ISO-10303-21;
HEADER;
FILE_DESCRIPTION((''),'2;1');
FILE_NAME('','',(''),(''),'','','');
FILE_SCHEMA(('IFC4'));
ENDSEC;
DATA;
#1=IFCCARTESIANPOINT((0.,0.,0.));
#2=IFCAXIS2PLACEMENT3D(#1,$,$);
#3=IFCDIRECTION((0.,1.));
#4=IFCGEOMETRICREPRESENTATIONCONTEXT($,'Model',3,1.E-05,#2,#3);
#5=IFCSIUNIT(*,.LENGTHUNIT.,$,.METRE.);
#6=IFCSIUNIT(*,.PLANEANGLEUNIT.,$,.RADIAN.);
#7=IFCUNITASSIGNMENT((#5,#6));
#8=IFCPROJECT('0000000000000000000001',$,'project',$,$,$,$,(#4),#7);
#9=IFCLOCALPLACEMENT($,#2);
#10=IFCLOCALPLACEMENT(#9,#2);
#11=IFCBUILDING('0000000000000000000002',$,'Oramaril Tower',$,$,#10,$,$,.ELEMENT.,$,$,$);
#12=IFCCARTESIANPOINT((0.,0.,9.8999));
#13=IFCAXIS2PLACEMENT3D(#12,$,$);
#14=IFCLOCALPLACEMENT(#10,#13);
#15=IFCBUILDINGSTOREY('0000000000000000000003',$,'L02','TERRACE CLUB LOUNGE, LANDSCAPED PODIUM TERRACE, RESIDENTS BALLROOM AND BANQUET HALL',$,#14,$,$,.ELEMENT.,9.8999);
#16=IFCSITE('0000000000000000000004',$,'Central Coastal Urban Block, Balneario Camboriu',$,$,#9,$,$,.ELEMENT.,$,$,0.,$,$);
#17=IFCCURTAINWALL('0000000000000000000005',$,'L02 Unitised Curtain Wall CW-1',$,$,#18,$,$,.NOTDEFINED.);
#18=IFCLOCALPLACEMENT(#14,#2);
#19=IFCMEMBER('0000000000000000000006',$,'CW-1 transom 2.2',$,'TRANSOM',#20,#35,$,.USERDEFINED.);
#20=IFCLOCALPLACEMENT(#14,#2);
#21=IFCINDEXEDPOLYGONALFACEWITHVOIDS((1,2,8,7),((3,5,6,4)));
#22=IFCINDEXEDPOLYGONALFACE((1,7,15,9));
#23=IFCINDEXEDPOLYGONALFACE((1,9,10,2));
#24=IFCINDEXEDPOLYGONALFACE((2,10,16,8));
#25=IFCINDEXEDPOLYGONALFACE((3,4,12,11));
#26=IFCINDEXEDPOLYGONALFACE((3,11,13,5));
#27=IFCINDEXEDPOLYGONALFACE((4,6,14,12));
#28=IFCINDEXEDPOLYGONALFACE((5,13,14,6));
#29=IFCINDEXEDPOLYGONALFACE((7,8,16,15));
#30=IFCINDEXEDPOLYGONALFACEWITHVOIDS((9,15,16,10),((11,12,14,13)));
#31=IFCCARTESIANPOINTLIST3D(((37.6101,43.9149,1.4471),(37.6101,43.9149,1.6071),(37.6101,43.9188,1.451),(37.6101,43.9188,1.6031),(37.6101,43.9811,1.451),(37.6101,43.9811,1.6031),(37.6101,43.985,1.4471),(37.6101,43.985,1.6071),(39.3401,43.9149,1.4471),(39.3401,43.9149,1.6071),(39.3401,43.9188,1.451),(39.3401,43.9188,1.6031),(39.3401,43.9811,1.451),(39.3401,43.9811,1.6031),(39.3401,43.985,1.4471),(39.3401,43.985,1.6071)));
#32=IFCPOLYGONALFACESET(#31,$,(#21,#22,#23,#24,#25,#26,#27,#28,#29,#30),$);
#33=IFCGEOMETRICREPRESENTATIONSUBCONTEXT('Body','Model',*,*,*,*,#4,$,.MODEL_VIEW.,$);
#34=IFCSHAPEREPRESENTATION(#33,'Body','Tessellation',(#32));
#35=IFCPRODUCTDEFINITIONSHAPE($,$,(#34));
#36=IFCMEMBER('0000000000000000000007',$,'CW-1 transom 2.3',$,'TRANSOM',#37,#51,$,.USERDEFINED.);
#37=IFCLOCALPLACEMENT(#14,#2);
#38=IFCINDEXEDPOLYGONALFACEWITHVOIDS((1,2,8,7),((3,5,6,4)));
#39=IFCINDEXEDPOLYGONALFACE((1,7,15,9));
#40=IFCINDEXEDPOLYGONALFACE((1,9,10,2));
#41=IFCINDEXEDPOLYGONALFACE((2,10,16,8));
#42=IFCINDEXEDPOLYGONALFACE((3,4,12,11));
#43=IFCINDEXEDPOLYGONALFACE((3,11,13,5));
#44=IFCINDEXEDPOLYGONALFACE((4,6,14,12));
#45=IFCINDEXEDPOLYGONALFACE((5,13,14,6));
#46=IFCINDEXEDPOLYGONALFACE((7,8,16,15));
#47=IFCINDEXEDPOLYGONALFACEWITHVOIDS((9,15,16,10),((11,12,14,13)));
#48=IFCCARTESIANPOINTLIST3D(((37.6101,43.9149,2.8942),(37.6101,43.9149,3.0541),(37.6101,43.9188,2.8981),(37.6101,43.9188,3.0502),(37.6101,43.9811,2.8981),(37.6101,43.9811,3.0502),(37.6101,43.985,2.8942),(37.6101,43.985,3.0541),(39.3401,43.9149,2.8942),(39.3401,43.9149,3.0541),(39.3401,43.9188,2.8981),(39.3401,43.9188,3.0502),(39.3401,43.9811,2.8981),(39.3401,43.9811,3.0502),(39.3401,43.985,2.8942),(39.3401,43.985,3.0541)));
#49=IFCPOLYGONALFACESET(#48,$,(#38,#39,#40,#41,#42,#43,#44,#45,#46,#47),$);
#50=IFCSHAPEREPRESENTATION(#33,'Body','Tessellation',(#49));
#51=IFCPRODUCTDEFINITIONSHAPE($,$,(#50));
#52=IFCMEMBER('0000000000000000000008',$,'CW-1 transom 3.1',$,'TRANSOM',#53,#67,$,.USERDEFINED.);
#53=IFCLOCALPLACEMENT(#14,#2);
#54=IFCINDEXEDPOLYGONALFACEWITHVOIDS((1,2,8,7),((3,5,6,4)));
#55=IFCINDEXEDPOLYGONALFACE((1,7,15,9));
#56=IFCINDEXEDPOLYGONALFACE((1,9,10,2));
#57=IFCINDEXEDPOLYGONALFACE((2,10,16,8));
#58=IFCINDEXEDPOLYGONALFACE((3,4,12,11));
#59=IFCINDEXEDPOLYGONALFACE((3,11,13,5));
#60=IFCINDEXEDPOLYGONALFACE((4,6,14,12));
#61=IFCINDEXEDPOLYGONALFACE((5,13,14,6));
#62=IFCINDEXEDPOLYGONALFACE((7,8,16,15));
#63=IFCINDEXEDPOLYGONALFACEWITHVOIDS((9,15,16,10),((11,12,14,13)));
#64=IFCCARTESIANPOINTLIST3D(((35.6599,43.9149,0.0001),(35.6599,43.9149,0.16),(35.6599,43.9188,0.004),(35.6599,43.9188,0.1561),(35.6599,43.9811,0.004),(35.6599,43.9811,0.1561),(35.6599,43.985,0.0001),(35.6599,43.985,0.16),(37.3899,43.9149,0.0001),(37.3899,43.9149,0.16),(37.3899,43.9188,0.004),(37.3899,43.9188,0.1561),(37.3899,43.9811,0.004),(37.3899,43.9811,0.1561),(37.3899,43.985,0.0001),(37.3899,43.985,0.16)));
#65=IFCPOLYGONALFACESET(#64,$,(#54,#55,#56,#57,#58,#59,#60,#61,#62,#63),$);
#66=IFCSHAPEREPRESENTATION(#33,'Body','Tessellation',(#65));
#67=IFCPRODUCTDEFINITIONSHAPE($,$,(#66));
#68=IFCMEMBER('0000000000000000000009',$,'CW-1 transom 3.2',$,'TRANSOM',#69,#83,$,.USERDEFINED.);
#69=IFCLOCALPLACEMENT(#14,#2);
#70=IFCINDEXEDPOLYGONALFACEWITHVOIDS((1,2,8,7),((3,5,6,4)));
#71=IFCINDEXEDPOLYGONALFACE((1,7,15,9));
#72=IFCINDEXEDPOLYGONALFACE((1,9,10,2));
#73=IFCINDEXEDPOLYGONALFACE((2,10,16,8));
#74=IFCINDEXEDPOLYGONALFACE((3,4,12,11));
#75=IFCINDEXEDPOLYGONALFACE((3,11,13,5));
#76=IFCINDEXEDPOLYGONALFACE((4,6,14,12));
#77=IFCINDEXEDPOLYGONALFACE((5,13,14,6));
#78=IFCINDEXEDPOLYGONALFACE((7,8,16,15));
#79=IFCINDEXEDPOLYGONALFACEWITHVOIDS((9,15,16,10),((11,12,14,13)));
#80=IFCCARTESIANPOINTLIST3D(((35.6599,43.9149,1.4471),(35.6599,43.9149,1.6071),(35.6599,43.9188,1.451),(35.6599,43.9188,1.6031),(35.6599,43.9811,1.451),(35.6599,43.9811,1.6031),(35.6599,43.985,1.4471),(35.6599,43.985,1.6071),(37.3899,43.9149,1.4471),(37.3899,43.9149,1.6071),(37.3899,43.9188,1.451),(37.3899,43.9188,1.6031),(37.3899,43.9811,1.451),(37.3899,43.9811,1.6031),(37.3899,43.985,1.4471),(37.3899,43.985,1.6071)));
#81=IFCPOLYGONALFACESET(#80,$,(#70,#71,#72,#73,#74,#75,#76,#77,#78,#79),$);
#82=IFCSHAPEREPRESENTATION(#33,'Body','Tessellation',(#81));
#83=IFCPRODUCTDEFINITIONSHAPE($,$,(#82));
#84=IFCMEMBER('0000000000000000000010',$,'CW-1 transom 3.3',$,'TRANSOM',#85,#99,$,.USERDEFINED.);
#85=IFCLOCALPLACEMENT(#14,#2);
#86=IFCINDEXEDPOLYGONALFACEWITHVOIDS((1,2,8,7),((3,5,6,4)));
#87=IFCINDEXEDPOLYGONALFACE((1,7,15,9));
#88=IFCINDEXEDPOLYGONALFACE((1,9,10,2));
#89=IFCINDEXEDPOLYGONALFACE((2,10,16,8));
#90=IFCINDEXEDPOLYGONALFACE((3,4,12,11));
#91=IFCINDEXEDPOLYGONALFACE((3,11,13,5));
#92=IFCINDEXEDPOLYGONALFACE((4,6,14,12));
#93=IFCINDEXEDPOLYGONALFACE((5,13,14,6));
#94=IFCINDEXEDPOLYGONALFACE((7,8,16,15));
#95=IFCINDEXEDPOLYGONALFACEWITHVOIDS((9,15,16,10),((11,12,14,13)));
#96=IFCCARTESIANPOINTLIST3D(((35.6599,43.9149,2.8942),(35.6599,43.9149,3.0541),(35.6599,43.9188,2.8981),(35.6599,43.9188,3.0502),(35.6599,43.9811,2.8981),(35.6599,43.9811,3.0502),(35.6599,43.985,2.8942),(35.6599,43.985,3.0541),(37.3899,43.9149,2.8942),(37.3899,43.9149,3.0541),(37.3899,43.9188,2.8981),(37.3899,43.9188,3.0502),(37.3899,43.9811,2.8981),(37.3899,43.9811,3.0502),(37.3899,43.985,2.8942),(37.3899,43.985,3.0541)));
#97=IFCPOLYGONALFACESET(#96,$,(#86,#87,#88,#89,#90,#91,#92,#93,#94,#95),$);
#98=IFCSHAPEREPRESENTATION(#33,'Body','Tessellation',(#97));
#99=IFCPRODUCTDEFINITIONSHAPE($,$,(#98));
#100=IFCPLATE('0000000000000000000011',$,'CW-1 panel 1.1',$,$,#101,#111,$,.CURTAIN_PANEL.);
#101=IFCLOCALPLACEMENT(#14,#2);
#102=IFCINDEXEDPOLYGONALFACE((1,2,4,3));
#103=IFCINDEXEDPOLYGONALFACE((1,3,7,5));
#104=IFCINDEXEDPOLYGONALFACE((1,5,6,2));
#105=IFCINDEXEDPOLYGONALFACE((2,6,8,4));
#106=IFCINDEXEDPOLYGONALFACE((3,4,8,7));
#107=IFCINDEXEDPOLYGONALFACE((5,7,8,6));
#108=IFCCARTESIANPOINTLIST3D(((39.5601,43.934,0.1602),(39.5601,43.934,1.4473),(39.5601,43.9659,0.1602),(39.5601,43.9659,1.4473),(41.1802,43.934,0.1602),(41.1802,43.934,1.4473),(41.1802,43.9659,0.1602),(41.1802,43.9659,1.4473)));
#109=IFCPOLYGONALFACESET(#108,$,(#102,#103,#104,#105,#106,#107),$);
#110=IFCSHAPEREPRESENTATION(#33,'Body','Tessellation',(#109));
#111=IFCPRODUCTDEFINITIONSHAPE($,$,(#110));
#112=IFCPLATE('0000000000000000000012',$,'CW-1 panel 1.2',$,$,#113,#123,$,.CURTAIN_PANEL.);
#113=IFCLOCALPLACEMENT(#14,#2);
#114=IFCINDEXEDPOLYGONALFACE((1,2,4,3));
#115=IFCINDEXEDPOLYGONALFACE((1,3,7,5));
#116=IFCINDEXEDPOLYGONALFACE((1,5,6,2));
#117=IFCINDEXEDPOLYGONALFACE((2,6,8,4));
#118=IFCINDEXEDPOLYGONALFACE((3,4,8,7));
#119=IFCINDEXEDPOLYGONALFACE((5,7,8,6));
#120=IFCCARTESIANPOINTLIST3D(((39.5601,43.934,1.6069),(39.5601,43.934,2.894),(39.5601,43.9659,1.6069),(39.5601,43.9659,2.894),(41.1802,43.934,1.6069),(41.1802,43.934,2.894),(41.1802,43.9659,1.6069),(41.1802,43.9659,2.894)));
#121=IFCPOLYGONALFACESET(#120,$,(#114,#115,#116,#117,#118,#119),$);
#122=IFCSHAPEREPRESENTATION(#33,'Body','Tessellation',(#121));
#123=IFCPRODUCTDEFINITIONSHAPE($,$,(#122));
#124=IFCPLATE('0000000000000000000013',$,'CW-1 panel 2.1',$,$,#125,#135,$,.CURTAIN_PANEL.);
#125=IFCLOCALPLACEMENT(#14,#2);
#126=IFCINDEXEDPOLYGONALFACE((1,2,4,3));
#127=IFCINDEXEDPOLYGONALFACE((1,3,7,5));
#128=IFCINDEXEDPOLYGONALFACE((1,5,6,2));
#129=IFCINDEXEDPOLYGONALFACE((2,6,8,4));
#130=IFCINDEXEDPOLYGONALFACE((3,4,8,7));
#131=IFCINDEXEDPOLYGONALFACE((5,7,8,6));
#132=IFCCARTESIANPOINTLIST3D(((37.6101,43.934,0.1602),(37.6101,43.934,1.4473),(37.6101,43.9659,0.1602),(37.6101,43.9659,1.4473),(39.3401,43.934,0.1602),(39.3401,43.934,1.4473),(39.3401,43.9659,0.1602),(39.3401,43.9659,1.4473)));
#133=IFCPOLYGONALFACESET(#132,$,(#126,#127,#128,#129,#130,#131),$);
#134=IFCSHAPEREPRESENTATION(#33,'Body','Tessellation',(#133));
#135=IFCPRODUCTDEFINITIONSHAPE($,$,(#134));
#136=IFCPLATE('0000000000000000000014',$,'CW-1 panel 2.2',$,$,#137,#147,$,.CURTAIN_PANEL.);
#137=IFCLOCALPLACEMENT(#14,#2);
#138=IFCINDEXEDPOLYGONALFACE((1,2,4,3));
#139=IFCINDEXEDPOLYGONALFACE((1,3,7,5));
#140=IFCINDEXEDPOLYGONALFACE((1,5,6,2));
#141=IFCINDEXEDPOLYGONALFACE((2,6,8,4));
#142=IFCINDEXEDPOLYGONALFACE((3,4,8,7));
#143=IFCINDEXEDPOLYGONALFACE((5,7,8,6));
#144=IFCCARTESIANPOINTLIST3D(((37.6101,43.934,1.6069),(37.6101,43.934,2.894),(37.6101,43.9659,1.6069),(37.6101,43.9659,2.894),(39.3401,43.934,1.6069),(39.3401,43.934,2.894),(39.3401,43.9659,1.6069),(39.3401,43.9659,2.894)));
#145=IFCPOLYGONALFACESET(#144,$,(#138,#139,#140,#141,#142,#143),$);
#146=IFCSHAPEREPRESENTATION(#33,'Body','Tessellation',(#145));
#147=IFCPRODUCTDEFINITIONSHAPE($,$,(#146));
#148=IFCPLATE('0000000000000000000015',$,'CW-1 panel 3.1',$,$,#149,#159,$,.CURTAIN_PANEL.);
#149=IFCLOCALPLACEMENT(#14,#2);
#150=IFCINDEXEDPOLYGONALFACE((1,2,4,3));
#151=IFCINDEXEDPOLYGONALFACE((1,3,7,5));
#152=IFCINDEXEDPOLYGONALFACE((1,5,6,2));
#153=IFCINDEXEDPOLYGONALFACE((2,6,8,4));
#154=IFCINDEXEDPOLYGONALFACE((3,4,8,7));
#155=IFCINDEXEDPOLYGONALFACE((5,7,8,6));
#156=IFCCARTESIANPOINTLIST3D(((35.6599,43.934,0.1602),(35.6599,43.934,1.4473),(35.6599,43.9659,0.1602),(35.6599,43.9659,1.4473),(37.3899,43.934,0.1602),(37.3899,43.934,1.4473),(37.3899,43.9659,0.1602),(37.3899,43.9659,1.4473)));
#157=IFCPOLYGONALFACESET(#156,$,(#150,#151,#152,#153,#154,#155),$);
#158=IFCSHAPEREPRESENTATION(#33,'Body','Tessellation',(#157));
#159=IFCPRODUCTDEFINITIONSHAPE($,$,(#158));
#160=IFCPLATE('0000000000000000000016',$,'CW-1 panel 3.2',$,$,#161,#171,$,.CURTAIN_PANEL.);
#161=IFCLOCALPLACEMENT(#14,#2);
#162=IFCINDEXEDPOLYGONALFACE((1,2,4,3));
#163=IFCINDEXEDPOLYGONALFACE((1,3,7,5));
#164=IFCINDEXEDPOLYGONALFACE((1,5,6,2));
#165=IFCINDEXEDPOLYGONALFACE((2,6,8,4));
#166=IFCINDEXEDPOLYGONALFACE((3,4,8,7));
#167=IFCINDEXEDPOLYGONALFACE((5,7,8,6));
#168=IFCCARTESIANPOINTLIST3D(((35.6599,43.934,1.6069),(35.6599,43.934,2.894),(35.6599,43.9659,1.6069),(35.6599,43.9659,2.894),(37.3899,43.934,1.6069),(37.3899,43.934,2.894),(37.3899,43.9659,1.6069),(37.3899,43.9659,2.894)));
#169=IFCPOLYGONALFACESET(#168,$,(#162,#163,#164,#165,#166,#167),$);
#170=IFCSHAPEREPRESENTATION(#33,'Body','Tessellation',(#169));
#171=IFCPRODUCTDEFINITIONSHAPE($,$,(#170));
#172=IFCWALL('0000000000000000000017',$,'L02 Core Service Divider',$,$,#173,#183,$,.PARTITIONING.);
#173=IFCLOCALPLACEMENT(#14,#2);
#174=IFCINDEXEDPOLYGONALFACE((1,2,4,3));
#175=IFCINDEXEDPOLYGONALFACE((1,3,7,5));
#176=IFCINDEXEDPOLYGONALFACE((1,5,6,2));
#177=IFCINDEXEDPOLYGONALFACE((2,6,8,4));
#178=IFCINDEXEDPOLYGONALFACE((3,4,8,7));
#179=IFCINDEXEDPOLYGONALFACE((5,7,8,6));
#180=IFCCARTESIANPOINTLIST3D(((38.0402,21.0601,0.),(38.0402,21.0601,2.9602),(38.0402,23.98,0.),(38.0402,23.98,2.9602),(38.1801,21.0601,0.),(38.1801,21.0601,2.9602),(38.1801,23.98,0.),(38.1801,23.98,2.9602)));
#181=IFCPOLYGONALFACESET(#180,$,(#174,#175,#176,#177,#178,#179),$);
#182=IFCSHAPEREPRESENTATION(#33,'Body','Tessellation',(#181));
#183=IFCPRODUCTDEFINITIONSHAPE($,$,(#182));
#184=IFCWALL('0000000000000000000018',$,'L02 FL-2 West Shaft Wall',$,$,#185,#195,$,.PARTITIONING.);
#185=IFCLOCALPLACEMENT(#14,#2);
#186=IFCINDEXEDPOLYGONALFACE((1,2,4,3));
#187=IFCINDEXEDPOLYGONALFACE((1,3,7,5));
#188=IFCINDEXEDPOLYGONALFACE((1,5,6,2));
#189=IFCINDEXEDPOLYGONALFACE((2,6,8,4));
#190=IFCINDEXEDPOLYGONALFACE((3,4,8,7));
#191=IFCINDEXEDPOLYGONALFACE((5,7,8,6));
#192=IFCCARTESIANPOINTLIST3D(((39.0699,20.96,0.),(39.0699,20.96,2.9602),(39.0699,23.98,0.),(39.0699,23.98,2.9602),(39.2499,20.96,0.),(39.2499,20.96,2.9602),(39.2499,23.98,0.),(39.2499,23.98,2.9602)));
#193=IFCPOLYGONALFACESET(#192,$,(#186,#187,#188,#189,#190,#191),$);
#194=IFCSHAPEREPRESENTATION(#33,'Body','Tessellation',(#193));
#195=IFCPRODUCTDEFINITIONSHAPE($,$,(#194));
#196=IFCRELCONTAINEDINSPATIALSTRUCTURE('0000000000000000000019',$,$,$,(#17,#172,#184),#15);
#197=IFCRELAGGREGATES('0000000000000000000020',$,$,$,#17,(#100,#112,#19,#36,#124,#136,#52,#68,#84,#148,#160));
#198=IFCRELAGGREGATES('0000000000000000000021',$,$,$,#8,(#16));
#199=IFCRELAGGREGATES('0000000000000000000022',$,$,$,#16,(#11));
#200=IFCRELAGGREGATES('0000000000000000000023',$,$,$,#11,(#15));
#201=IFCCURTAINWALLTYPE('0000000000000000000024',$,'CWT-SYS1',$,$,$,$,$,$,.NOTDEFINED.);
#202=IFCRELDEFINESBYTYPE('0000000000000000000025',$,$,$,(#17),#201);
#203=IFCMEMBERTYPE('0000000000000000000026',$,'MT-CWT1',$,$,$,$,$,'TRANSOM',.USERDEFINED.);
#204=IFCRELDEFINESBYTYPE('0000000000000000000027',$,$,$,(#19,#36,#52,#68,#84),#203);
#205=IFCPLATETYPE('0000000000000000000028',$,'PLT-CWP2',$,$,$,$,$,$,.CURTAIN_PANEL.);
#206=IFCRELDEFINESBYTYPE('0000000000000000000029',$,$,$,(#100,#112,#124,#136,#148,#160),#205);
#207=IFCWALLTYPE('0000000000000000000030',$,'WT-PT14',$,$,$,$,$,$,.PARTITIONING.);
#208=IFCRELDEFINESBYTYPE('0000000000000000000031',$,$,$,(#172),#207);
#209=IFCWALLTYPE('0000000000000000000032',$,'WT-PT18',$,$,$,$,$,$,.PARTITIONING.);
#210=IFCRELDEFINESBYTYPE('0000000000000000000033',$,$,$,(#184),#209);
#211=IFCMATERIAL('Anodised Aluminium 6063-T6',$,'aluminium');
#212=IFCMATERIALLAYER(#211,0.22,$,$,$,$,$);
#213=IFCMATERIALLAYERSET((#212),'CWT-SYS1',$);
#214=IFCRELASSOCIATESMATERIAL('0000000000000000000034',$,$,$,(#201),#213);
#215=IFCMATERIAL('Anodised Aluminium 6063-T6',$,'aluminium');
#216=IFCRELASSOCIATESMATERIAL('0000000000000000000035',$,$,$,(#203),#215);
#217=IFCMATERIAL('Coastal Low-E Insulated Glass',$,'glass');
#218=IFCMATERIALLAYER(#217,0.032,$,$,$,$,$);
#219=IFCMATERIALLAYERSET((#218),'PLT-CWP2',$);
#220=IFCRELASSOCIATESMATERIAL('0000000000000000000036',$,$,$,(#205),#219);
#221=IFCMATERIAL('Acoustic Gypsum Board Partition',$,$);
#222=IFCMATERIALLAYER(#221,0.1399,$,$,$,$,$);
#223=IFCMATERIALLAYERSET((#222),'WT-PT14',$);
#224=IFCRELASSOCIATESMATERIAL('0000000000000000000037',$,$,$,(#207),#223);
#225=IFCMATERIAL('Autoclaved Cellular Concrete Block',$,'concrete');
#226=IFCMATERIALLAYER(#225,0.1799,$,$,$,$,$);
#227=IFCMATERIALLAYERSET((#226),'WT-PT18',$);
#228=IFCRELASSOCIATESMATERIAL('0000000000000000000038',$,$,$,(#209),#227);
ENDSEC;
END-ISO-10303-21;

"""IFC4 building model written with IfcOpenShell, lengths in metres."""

from ifc_helpers import new_model, si_unit, direction, frame, frame_2d, origin, origin_2d, place, context, subcontext, project, spatial, rectangle, hollow_rectangle, extrude, material, layer, layer_set, material_profile, profile_set, type_object, element, aggregate, save


model = new_model("IFC4")

# Units and contexts
model_context = context("Model", 3, precision=1e-05, world=origin(), true_north=direction((0.0, 1.0)))
body_context = subcontext(model_context, "Body", "Model", "MODEL_VIEW")
ifc_project = project(units=[si_unit("LENGTHUNIT", "METRE"), si_unit("PLANEANGLEUNIT", "RADIAN")], contexts=[model_context])

# Site, building, storey
site_placement = place(None, origin())
site = spatial("IfcSite", under=ifc_project, at=site_placement, Name="Central Coastal Urban Block, Balneario Camboriu", CompositionType="ELEMENT", RefElevation=0.0)
building_placement = place(site_placement, origin())
building = spatial("IfcBuilding", under=site, at=building_placement, Name="Oramaril Tower", CompositionType="ELEMENT")
storey_placement = place(building_placement, frame((0.0, 0.0, 9.8999)))
storey = spatial("IfcBuildingStorey", under=building, at=storey_placement, Name="L02", Description="TERRACE CLUB LOUNGE, LANDSCAPED PODIUM TERRACE, RESIDENTS BALLROOM AND BANQUET HALL", CompositionType="ELEMENT", Elevation=9.8999)

# Curtain wall, members, plates
ifc_material_1 = material(Name="Anodised Aluminium 6063-T6", Category="aluminium")
ifc_layer_1 = layer(ifc_material_1, 0.22)
ifc_layer_set_1 = layer_set([ifc_layer_1], Name="CWT-SYS1")
curtain_wall_type = type_object("IfcCurtainWallType", Name="CWT-SYS1", PredefinedType="NOTDEFINED", material=ifc_layer_set_1)
curtain_wall_placement = place(storey_placement, origin())
curtain_wall = element("IfcCurtainWall", 1, at=curtain_wall_placement, inside=storey, type_object=curtain_wall_type, Name="L02 Unitised Curtain Wall CW-1", PredefinedType="NOTDEFINED")
ifc_material_2 = material(Name="Anodised Aluminium 6063-T6", Category="aluminium")
ifc_material_profile_1 = material_profile(ifc_material_2, hollow_rectangle(XDim=0.0701, YDim=0.1599, WallThickness=0.0039, at=origin_2d()), Name="CWT160X70")
ifc_profile_set_1 = profile_set([ifc_material_profile_1], Name="Anodised Aluminium 6063-T6")
member_type_1 = type_object("IfcMemberType", Name="MT-CWT1", ElementType="TRANSOM", PredefinedType="USERDEFINED", material=ifc_profile_set_1)
member_1_placement = place(storey_placement, frame((39.3401, 43.95, 1.5271), z_axis=(-1.0, 0.0, 0.0), x_axis=(0.0, -1.0, 0.0)))
member_1 = element("IfcMember", 2, at=member_1_placement, type_object=member_type_1, Name="CW-1 transom 2.2", ObjectType="TRANSOM", PredefinedType="USERDEFINED", context=body_context, shape_type="SweptSolid", body=[
    extrude(hollow_rectangle(XDim=0.0701, YDim=0.1599, WallThickness=0.0039, at=origin_2d()), origin(), (0.0, 0.0, 1.0), 1.73),
])
member_2_placement = place(storey_placement, frame((39.3401, 43.95, 2.9741), z_axis=(-1.0, 0.0, 0.0), x_axis=(0.0, -1.0, 0.0)))
member_2 = element("IfcMember", 3, at=member_2_placement, type_object=member_type_1, Name="CW-1 transom 2.3", ObjectType="TRANSOM", PredefinedType="USERDEFINED", context=body_context, shape_type="SweptSolid", body=[
    extrude(hollow_rectangle(XDim=0.0701, YDim=0.1599, WallThickness=0.0039, at=origin_2d()), origin(), (0.0, 0.0, 1.0), 1.73),
])
member_3_placement = place(storey_placement, frame((37.3899, 43.95, 0.0801), z_axis=(-1.0, 0.0, 0.0), x_axis=(0.0, -1.0, 0.0)))
member_3 = element("IfcMember", 4, at=member_3_placement, type_object=member_type_1, Name="CW-1 transom 3.1", ObjectType="TRANSOM", PredefinedType="USERDEFINED", context=body_context, shape_type="SweptSolid", body=[
    extrude(hollow_rectangle(XDim=0.0701, YDim=0.1599, WallThickness=0.0039, at=origin_2d()), origin(), (0.0, 0.0, 1.0), 1.73),
])
member_4_placement = place(storey_placement, frame((37.3899, 43.95, 1.5271), z_axis=(-1.0, 0.0, 0.0), x_axis=(0.0, -1.0, 0.0)))
member_4 = element("IfcMember", 5, at=member_4_placement, type_object=member_type_1, Name="CW-1 transom 3.2", ObjectType="TRANSOM", PredefinedType="USERDEFINED", context=body_context, shape_type="SweptSolid", body=[
    extrude(hollow_rectangle(XDim=0.0701, YDim=0.1599, WallThickness=0.0039, at=origin_2d()), origin(), (0.0, 0.0, 1.0), 1.73),
])
member_5_placement = place(storey_placement, frame((37.3899, 43.95, 2.9741), z_axis=(-1.0, 0.0, 0.0), x_axis=(0.0, -1.0, 0.0)))
member_5 = element("IfcMember", 6, at=member_5_placement, type_object=member_type_1, Name="CW-1 transom 3.3", ObjectType="TRANSOM", PredefinedType="USERDEFINED", context=body_context, shape_type="SweptSolid", body=[
    extrude(hollow_rectangle(XDim=0.0701, YDim=0.1599, WallThickness=0.0039, at=origin_2d()), origin(), (0.0, 0.0, 1.0), 1.73),
])
ifc_material_3 = material(Name="Coastal Low-E Insulated Glass", Category="glass")
ifc_layer_2 = layer(ifc_material_3, 0.032)
ifc_layer_set_2 = layer_set([ifc_layer_2], Name="PLT-CWP2")
plate_type = type_object("IfcPlateType", Name="PLT-CWP2", PredefinedType="CURTAIN_PANEL", material=ifc_layer_set_2)
plate_1_placement = place(storey_placement, frame((40.3701, 43.95, 0.1602), z_axis=(0.0, 0.0, 1.0), x_axis=(-1.0, 0.0, 0.0)))
plate_1 = element("IfcPlate", 7, at=plate_1_placement, type_object=plate_type, Name="CW-1 panel 1.1", PredefinedType="CURTAIN_PANEL", context=body_context, shape_type="SweptSolid", body=[
    extrude(rectangle(XDim=1.6201, YDim=0.032, at=origin_2d()), origin(), (0.0, 0.0, 1.0), 1.2871),
])
plate_2_placement = place(storey_placement, frame((40.3701, 43.95, 1.6069), z_axis=(0.0, 0.0, 1.0), x_axis=(-1.0, 0.0, 0.0)))
plate_2 = element("IfcPlate", 8, at=plate_2_placement, type_object=plate_type, Name="CW-1 panel 1.2", PredefinedType="CURTAIN_PANEL", context=body_context, shape_type="SweptSolid", body=[
    extrude(rectangle(XDim=1.6201, YDim=0.032, at=origin_2d()), origin(), (0.0, 0.0, 1.0), 1.2871),
])
plate_3_placement = place(storey_placement, frame((38.4751, 43.95, 0.1602), z_axis=(0.0, 0.0, 1.0), x_axis=(-1.0, 0.0, 0.0)))
plate_3 = element("IfcPlate", 9, at=plate_3_placement, type_object=plate_type, Name="CW-1 panel 2.1", PredefinedType="CURTAIN_PANEL", context=body_context, shape_type="SweptSolid", body=[
    extrude(rectangle(XDim=1.73, YDim=0.032, at=origin_2d()), origin(), (0.0, 0.0, 1.0), 1.2871),
])
plate_4_placement = place(storey_placement, frame((38.4751, 43.95, 1.6069), z_axis=(0.0, 0.0, 1.0), x_axis=(-1.0, 0.0, 0.0)))
plate_4 = element("IfcPlate", 10, at=plate_4_placement, type_object=plate_type, Name="CW-1 panel 2.2", PredefinedType="CURTAIN_PANEL", context=body_context, shape_type="SweptSolid", body=[
    extrude(rectangle(XDim=1.73, YDim=0.032, at=origin_2d()), origin(), (0.0, 0.0, 1.0), 1.2871),
])
plate_5_placement = place(storey_placement, frame((36.5249, 43.95, 0.1602), z_axis=(0.0, 0.0, 1.0), x_axis=(-1.0, 0.0, 0.0)))
plate_5 = element("IfcPlate", 11, at=plate_5_placement, type_object=plate_type, Name="CW-1 panel 3.1", PredefinedType="CURTAIN_PANEL", context=body_context, shape_type="SweptSolid", body=[
    extrude(rectangle(XDim=1.73, YDim=0.032, at=origin_2d()), origin(), (0.0, 0.0, 1.0), 1.2871),
])
plate_6_placement = place(storey_placement, frame((36.5249, 43.95, 1.6069), z_axis=(0.0, 0.0, 1.0), x_axis=(-1.0, 0.0, 0.0)))
plate_6 = element("IfcPlate", 12, at=plate_6_placement, type_object=plate_type, Name="CW-1 panel 3.2", PredefinedType="CURTAIN_PANEL", context=body_context, shape_type="SweptSolid", body=[
    extrude(rectangle(XDim=1.73, YDim=0.032, at=origin_2d()), origin(), (0.0, 0.0, 1.0), 1.2871),
])
aggregate(curtain_wall, [plate_1, plate_2, member_1, member_2, plate_3, plate_4, member_3, member_4, member_5, plate_5, plate_6])

# Walls
ifc_material_4 = material(Name="Acoustic Gypsum Board Partition")
ifc_layer_3 = layer(ifc_material_4, 0.1399)
ifc_layer_set_3 = layer_set([ifc_layer_3], Name="WT-PT14")
wall_type_1 = type_object("IfcWallType", Name="WT-PT14", PredefinedType="PARTITIONING", material=ifc_layer_set_3)
wall_1_placement = place(storey_placement, frame((38.1101, 21.0601, 0.0), z_axis=(0.0, 0.0, 1.0), x_axis=(0.0, 1.0, 0.0)))
element("IfcWall", 13, at=wall_1_placement, inside=storey, type_object=wall_type_1, Name="L02 Core Service Divider", PredefinedType="PARTITIONING", context=body_context, shape_type="SweptSolid", body=[
    extrude(rectangle(XDim=2.9199, YDim=0.1399, at=frame_2d((1.46, 0.0))), origin(), (0.0, 0.0, 1.0), 2.9602),
])
ifc_material_5 = material(Name="Autoclaved Cellular Concrete Block", Category="concrete")
ifc_layer_4 = layer(ifc_material_5, 0.1799)
ifc_layer_set_4 = layer_set([ifc_layer_4], Name="WT-PT18")
wall_type_2 = type_object("IfcWallType", Name="WT-PT18", PredefinedType="PARTITIONING", material=ifc_layer_set_4)
wall_2_placement = place(storey_placement, frame((39.1599, 20.96, 0.0), z_axis=(0.0, 0.0, 1.0), x_axis=(0.0, 1.0, 0.0)))
element("IfcWall", 14, at=wall_2_placement, inside=storey, type_object=wall_type_2, Name="L02 FL-2 West Shaft Wall", PredefinedType="PARTITIONING", context=body_context, shape_type="SweptSolid", body=[
    extrude(rectangle(XDim=3.02, YDim=0.1799, at=frame_2d((1.51, 0.0))), origin(), (0.0, 0.0, 1.0), 2.9602),
])

save(model, "model.ifc")
